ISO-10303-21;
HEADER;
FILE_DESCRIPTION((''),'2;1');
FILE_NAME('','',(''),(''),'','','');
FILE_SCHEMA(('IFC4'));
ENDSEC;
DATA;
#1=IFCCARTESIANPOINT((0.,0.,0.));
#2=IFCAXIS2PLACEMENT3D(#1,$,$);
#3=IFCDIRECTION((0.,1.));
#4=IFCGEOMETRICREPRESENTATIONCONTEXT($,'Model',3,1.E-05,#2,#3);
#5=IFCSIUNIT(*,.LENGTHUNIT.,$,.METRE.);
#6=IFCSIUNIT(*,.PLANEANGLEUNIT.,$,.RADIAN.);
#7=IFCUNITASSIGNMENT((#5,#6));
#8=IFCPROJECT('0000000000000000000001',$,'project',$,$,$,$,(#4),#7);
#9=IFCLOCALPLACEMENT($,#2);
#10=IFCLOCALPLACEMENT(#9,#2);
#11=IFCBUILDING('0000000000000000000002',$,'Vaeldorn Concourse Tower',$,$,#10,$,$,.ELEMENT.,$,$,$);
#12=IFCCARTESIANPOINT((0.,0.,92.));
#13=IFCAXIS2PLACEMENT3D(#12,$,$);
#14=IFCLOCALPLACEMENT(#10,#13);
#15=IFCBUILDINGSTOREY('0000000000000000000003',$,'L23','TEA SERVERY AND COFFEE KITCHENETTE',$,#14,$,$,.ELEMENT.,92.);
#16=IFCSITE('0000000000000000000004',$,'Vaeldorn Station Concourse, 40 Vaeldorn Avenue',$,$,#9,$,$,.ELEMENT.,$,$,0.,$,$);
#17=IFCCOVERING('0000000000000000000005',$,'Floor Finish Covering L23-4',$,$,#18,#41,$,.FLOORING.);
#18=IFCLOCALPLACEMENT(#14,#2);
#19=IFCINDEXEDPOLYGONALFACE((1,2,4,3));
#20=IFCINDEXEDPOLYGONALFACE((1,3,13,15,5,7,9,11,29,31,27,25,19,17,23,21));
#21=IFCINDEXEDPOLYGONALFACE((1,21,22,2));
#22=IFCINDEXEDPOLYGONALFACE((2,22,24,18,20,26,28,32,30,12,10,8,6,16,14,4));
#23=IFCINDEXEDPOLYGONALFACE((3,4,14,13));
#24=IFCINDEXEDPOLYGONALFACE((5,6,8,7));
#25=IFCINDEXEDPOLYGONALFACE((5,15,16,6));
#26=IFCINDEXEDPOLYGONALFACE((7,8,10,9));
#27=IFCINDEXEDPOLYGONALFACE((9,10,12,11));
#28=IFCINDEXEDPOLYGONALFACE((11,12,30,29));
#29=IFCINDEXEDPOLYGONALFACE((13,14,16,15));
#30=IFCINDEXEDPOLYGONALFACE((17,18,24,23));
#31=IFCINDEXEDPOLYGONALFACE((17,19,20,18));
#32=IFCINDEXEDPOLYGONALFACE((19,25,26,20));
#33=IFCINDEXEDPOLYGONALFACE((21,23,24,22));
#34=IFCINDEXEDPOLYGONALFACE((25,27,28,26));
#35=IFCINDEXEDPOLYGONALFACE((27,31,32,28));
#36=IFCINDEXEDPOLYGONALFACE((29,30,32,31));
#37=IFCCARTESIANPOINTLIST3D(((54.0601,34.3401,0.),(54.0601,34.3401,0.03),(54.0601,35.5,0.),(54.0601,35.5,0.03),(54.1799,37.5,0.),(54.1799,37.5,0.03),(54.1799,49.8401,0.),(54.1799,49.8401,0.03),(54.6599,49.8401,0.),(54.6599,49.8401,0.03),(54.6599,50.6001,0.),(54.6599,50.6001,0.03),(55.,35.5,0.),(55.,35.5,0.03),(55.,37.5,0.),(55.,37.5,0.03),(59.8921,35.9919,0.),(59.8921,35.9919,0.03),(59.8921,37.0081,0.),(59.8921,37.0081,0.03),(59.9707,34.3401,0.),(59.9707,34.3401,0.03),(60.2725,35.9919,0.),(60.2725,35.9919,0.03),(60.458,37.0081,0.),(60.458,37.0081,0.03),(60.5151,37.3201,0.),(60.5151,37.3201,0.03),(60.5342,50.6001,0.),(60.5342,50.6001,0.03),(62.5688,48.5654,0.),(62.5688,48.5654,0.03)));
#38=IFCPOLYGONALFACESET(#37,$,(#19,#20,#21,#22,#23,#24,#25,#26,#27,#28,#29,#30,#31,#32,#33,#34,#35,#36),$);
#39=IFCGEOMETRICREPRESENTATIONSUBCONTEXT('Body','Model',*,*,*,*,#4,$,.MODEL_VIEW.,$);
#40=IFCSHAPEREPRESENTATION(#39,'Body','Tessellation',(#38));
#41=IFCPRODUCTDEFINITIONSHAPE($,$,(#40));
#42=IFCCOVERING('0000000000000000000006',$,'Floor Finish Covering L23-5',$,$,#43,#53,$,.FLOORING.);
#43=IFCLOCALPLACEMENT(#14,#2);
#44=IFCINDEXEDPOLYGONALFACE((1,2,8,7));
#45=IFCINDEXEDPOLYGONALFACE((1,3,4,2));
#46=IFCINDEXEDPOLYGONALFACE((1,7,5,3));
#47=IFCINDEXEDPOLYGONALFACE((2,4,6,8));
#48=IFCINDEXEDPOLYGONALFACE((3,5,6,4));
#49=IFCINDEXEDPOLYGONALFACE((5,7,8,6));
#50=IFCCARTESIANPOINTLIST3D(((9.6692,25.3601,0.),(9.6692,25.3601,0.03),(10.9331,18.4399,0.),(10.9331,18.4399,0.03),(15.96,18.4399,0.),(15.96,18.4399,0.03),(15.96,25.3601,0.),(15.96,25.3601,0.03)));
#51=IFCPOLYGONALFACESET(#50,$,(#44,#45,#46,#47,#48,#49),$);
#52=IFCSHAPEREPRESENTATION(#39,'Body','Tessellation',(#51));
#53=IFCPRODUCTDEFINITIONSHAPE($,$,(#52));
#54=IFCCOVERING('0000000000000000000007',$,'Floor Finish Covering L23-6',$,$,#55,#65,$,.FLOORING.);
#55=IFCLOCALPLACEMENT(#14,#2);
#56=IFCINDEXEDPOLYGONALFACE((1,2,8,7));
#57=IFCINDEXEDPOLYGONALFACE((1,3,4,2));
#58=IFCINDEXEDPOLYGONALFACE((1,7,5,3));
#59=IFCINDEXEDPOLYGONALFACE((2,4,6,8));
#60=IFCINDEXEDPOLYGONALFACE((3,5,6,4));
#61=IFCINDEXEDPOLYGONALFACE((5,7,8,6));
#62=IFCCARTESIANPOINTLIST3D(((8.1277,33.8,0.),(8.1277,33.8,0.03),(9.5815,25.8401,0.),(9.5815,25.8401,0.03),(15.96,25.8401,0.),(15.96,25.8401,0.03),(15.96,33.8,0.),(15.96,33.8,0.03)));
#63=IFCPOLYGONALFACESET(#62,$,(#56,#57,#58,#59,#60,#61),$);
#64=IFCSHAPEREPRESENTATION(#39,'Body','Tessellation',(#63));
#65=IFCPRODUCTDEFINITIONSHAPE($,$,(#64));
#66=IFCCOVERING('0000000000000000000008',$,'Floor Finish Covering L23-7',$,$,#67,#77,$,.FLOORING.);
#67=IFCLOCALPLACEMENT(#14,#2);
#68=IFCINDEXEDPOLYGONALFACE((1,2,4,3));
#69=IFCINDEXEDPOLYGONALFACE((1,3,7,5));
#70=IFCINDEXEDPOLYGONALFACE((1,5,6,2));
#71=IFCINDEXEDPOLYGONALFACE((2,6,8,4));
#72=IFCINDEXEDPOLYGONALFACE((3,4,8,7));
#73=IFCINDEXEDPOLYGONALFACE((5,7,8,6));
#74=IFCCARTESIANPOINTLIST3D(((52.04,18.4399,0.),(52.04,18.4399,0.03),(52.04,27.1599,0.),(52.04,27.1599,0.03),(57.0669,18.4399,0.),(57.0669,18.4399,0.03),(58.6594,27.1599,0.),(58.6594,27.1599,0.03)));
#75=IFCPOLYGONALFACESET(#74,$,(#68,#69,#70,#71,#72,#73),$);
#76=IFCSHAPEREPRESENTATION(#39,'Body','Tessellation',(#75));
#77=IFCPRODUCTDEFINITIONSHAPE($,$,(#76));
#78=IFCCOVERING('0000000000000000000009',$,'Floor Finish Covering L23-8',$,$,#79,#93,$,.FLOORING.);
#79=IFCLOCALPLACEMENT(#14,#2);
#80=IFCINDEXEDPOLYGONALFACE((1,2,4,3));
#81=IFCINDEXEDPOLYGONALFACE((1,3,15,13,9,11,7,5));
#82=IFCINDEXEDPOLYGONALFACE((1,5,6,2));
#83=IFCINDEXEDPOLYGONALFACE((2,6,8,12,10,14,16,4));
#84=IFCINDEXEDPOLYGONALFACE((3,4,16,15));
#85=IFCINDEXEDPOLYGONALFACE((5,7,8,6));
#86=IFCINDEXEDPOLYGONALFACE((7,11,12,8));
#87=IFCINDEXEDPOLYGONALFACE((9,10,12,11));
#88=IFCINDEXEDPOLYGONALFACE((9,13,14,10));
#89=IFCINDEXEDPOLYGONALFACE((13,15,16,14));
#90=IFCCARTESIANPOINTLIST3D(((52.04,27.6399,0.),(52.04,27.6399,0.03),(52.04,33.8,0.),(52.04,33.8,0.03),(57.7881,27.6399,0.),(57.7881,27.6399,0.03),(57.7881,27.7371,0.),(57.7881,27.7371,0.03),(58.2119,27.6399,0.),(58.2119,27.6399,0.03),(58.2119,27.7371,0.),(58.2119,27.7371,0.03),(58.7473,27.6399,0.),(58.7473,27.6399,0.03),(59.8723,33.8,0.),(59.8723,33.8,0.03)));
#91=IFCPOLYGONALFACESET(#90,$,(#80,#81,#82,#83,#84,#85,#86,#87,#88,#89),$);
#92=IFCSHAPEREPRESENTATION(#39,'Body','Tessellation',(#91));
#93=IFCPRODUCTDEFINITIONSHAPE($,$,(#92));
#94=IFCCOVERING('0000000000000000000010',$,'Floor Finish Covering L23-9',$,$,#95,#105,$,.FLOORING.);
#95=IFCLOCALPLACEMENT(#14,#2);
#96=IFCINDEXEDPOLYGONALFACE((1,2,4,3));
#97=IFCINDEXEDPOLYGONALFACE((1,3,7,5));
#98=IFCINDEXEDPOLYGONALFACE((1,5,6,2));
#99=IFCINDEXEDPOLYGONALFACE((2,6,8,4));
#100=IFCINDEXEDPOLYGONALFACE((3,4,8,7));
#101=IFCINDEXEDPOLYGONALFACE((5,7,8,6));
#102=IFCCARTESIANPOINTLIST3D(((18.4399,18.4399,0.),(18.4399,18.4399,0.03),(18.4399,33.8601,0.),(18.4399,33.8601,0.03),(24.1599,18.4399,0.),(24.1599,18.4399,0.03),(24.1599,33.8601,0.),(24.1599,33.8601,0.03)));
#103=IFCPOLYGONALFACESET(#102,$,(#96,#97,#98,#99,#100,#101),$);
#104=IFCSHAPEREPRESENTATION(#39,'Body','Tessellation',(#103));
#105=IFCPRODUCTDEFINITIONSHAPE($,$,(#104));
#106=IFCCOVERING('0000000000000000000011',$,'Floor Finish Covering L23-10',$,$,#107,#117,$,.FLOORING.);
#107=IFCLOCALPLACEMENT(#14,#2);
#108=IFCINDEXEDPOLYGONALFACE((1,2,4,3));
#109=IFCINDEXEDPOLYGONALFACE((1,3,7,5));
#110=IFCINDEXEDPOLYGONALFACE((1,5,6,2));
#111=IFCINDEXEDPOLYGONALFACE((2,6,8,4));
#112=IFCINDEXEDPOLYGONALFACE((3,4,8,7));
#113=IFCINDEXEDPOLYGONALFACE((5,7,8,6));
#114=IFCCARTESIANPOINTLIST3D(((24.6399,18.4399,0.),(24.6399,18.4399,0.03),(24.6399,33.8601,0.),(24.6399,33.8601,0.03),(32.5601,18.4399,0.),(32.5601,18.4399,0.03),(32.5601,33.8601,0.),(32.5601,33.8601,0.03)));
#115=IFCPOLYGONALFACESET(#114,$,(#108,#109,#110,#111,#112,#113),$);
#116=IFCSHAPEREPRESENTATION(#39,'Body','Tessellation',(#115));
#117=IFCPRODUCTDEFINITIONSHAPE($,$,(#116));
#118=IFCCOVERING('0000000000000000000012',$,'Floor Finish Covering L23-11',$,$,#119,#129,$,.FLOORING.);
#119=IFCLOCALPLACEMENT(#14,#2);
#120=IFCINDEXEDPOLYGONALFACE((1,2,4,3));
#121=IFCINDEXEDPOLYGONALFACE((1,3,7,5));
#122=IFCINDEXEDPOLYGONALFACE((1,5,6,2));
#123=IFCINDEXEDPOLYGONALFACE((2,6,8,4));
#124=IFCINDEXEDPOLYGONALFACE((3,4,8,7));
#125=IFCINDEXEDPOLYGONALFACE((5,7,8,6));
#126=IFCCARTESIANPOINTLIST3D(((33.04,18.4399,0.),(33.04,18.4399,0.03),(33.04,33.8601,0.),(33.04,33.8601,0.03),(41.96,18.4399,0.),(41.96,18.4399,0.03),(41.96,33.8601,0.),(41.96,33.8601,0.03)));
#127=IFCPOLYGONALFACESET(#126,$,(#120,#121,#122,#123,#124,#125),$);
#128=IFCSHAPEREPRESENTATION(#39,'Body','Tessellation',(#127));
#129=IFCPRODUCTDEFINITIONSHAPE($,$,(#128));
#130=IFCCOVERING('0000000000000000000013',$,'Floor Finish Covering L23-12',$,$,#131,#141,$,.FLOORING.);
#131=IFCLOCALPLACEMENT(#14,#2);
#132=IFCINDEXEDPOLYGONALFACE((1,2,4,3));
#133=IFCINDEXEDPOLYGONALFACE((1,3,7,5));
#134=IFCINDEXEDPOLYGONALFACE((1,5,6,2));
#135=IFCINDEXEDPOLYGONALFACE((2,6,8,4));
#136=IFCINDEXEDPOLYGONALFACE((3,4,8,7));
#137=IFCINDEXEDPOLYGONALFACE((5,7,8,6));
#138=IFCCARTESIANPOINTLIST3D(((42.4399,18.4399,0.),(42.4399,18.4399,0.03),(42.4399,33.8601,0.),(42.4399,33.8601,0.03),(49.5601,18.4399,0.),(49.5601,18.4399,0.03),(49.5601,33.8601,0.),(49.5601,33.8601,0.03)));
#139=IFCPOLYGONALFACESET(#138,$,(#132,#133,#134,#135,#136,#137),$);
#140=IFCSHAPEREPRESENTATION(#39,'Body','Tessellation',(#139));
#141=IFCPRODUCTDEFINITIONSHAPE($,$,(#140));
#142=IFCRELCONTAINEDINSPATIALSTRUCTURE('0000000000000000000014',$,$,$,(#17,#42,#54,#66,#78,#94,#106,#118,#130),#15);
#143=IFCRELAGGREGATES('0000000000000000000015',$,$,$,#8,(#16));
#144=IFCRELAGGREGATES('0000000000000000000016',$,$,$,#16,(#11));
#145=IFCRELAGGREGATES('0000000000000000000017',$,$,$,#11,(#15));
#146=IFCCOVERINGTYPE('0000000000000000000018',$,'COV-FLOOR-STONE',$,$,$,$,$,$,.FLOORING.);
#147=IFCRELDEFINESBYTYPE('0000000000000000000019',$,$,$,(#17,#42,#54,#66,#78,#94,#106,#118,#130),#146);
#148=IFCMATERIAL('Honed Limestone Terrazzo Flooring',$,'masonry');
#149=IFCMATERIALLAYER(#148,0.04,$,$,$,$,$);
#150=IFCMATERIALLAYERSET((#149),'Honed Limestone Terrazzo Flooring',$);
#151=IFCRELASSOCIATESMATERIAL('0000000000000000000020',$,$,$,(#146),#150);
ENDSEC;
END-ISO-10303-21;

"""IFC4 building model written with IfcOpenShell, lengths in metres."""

from ifc_helpers import new_model, si_unit, direction, frame, origin, place, context, subcontext, project, spatial, polyline, outline, extrude, material, layer, layer_set, type_object, element, save


model = new_model("IFC4")

# Units and contexts
model_context = context("Model", 3, precision=1e-05, world=origin(), true_north=direction((0.0, 1.0)))
body_context = subcontext(model_context, "Body", "Model", "MODEL_VIEW")
ifc_project = project(units=[si_unit("LENGTHUNIT", "METRE"), si_unit("PLANEANGLEUNIT", "RADIAN")], contexts=[model_context])

# Site, building, storey
site_placement = place(None, origin())
site = spatial("IfcSite", under=ifc_project, at=site_placement, Name="Vaeldorn Station Concourse, 40 Vaeldorn Avenue", CompositionType="ELEMENT", RefElevation=0.0)
building_placement = place(site_placement, origin())
building = spatial("IfcBuilding", under=site, at=building_placement, Name="Vaeldorn Concourse Tower", CompositionType="ELEMENT")
storey_placement = place(building_placement, frame((0.0, 0.0, 92.0)))
storey = spatial("IfcBuildingStorey", under=building, at=storey_placement, Name="L23", Description="TEA SERVERY AND COFFEE KITCHENETTE", CompositionType="ELEMENT", Elevation=92.0)

# Coverings
ifc_material_1 = material(Name="Honed Limestone Terrazzo Flooring", Category="masonry")
ifc_layer_1 = layer(ifc_material_1, 0.04)
ifc_layer_set_1 = layer_set([ifc_layer_1], Name="Honed Limestone Terrazzo Flooring")
covering_type_1 = type_object("IfcCoveringType", Name="COV-FLOOR-STONE", PredefinedType="FLOORING", material=ifc_layer_set_1)
covering_1_placement = place(storey_placement, origin())
element("IfcCovering", 1, at=covering_1_placement, inside=storey, type_object=covering_type_1, Name="Floor Finish Covering L23-4", PredefinedType="FLOORING", context=body_context, shape_type="SweptSolid", body=[
    extrude(outline(polyline([(54.1799, 49.8401), (54.6599, 49.8401), (54.6599, 50.6001), (60.5342, 50.6001), (62.5688, 48.5654), (60.5151, 37.3201), (60.5151, 37.3201), (60.458, 37.0081), (59.8921, 37.0081), (59.8921, 35.9919), (60.2725, 35.9919), (59.9707, 34.3401), (54.0601, 34.3401), (54.0601, 35.5), (55.0, 35.5), (55.0, 37.5), (54.1799, 37.5), (54.1799, 49.8401)])), origin(), (0.0, 0.0, 1.0), 0.03),
])
covering_2_placement = place(storey_placement, origin())
element("IfcCovering", 2, at=covering_2_placement, inside=storey, type_object=covering_type_1, Name="Floor Finish Covering L23-5", PredefinedType="FLOORING", context=body_context, shape_type="SweptSolid", body=[
    extrude(outline(polyline([(15.96, 25.3601), (15.96, 18.4399), (10.9331, 18.4399), (9.6692, 25.3601), (15.96, 25.3601)])), origin(), (0.0, 0.0, 1.0), 0.03),
])
covering_3_placement = place(storey_placement, origin())
element("IfcCovering", 3, at=covering_3_placement, inside=storey, type_object=covering_type_1, Name="Floor Finish Covering L23-6", PredefinedType="FLOORING", context=body_context, shape_type="SweptSolid", body=[
    extrude(outline(polyline([(15.96, 33.8), (15.96, 25.8401), (9.5815, 25.8401), (8.1277, 33.8), (15.96, 33.8)])), origin(), (0.0, 0.0, 1.0), 0.03),
])
covering_4_placement = place(storey_placement, origin())
element("IfcCovering", 4, at=covering_4_placement, inside=storey, type_object=covering_type_1, Name="Floor Finish Covering L23-7", PredefinedType="FLOORING", context=body_context, shape_type="SweptSolid", body=[
    extrude(outline(polyline([(52.04, 27.1599), (58.6594, 27.1599), (57.0669, 18.4399), (52.04, 18.4399), (52.04, 27.1599)])), origin(), (0.0, 0.0, 1.0), 0.03),
])
covering_5_placement = place(storey_placement, origin())
element("IfcCovering", 5, at=covering_5_placement, inside=storey, type_object=covering_type_1, Name="Floor Finish Covering L23-8", PredefinedType="FLOORING", context=body_context, shape_type="SweptSolid", body=[
    extrude(outline(polyline([(52.04, 33.8), (59.8723, 33.8), (58.7473, 27.6399), (58.2119, 27.6399), (58.2119, 27.7371), (57.7881, 27.7371), (57.7881, 27.6399), (52.04, 27.6399), (52.04, 33.8)])), origin(), (0.0, 0.0, 1.0), 0.03),
])
covering_6_placement = place(storey_placement, origin())
element("IfcCovering", 6, at=covering_6_placement, inside=storey, type_object=covering_type_1, Name="Floor Finish Covering L23-9", PredefinedType="FLOORING", context=body_context, shape_type="SweptSolid", body=[
    extrude(outline(polyline([(18.4399, 33.8601), (24.1599, 33.8601), (24.1599, 18.4399), (18.4399, 18.4399), (18.4399, 33.8601)])), origin(), (0.0, 0.0, 1.0), 0.03),
])
covering_7_placement = place(storey_placement, origin())
element("IfcCovering", 7, at=covering_7_placement, inside=storey, type_object=covering_type_1, Name="Floor Finish Covering L23-10", PredefinedType="FLOORING", context=body_context, shape_type="SweptSolid", body=[
    extrude(outline(polyline([(24.6399, 33.8601), (32.5601, 33.8601), (32.5601, 18.4399), (24.6399, 18.4399), (24.6399, 33.8601)])), origin(), (0.0, 0.0, 1.0), 0.03),
])
covering_8_placement = place(storey_placement, origin())
element("IfcCovering", 8, at=covering_8_placement, inside=storey, type_object=covering_type_1, Name="Floor Finish Covering L23-11", PredefinedType="FLOORING", context=body_context, shape_type="SweptSolid", body=[
    extrude(outline(polyline([(33.04, 33.8601), (41.96, 33.8601), (41.96, 18.4399), (33.04, 18.4399), (33.04, 33.8601)])), origin(), (0.0, 0.0, 1.0), 0.03),
])
covering_9_placement = place(storey_placement, origin())
element("IfcCovering", 9, at=covering_9_placement, inside=storey, type_object=covering_type_1, Name="Floor Finish Covering L23-12", PredefinedType="FLOORING", context=body_context, shape_type="SweptSolid", body=[
    extrude(outline(polyline([(42.4399, 33.8601), (49.5601, 33.8601), (49.5601, 18.4399), (42.4399, 18.4399), (42.4399, 33.8601)])), origin(), (0.0, 0.0, 1.0), 0.03),
])

save(model, "model.ifc")
